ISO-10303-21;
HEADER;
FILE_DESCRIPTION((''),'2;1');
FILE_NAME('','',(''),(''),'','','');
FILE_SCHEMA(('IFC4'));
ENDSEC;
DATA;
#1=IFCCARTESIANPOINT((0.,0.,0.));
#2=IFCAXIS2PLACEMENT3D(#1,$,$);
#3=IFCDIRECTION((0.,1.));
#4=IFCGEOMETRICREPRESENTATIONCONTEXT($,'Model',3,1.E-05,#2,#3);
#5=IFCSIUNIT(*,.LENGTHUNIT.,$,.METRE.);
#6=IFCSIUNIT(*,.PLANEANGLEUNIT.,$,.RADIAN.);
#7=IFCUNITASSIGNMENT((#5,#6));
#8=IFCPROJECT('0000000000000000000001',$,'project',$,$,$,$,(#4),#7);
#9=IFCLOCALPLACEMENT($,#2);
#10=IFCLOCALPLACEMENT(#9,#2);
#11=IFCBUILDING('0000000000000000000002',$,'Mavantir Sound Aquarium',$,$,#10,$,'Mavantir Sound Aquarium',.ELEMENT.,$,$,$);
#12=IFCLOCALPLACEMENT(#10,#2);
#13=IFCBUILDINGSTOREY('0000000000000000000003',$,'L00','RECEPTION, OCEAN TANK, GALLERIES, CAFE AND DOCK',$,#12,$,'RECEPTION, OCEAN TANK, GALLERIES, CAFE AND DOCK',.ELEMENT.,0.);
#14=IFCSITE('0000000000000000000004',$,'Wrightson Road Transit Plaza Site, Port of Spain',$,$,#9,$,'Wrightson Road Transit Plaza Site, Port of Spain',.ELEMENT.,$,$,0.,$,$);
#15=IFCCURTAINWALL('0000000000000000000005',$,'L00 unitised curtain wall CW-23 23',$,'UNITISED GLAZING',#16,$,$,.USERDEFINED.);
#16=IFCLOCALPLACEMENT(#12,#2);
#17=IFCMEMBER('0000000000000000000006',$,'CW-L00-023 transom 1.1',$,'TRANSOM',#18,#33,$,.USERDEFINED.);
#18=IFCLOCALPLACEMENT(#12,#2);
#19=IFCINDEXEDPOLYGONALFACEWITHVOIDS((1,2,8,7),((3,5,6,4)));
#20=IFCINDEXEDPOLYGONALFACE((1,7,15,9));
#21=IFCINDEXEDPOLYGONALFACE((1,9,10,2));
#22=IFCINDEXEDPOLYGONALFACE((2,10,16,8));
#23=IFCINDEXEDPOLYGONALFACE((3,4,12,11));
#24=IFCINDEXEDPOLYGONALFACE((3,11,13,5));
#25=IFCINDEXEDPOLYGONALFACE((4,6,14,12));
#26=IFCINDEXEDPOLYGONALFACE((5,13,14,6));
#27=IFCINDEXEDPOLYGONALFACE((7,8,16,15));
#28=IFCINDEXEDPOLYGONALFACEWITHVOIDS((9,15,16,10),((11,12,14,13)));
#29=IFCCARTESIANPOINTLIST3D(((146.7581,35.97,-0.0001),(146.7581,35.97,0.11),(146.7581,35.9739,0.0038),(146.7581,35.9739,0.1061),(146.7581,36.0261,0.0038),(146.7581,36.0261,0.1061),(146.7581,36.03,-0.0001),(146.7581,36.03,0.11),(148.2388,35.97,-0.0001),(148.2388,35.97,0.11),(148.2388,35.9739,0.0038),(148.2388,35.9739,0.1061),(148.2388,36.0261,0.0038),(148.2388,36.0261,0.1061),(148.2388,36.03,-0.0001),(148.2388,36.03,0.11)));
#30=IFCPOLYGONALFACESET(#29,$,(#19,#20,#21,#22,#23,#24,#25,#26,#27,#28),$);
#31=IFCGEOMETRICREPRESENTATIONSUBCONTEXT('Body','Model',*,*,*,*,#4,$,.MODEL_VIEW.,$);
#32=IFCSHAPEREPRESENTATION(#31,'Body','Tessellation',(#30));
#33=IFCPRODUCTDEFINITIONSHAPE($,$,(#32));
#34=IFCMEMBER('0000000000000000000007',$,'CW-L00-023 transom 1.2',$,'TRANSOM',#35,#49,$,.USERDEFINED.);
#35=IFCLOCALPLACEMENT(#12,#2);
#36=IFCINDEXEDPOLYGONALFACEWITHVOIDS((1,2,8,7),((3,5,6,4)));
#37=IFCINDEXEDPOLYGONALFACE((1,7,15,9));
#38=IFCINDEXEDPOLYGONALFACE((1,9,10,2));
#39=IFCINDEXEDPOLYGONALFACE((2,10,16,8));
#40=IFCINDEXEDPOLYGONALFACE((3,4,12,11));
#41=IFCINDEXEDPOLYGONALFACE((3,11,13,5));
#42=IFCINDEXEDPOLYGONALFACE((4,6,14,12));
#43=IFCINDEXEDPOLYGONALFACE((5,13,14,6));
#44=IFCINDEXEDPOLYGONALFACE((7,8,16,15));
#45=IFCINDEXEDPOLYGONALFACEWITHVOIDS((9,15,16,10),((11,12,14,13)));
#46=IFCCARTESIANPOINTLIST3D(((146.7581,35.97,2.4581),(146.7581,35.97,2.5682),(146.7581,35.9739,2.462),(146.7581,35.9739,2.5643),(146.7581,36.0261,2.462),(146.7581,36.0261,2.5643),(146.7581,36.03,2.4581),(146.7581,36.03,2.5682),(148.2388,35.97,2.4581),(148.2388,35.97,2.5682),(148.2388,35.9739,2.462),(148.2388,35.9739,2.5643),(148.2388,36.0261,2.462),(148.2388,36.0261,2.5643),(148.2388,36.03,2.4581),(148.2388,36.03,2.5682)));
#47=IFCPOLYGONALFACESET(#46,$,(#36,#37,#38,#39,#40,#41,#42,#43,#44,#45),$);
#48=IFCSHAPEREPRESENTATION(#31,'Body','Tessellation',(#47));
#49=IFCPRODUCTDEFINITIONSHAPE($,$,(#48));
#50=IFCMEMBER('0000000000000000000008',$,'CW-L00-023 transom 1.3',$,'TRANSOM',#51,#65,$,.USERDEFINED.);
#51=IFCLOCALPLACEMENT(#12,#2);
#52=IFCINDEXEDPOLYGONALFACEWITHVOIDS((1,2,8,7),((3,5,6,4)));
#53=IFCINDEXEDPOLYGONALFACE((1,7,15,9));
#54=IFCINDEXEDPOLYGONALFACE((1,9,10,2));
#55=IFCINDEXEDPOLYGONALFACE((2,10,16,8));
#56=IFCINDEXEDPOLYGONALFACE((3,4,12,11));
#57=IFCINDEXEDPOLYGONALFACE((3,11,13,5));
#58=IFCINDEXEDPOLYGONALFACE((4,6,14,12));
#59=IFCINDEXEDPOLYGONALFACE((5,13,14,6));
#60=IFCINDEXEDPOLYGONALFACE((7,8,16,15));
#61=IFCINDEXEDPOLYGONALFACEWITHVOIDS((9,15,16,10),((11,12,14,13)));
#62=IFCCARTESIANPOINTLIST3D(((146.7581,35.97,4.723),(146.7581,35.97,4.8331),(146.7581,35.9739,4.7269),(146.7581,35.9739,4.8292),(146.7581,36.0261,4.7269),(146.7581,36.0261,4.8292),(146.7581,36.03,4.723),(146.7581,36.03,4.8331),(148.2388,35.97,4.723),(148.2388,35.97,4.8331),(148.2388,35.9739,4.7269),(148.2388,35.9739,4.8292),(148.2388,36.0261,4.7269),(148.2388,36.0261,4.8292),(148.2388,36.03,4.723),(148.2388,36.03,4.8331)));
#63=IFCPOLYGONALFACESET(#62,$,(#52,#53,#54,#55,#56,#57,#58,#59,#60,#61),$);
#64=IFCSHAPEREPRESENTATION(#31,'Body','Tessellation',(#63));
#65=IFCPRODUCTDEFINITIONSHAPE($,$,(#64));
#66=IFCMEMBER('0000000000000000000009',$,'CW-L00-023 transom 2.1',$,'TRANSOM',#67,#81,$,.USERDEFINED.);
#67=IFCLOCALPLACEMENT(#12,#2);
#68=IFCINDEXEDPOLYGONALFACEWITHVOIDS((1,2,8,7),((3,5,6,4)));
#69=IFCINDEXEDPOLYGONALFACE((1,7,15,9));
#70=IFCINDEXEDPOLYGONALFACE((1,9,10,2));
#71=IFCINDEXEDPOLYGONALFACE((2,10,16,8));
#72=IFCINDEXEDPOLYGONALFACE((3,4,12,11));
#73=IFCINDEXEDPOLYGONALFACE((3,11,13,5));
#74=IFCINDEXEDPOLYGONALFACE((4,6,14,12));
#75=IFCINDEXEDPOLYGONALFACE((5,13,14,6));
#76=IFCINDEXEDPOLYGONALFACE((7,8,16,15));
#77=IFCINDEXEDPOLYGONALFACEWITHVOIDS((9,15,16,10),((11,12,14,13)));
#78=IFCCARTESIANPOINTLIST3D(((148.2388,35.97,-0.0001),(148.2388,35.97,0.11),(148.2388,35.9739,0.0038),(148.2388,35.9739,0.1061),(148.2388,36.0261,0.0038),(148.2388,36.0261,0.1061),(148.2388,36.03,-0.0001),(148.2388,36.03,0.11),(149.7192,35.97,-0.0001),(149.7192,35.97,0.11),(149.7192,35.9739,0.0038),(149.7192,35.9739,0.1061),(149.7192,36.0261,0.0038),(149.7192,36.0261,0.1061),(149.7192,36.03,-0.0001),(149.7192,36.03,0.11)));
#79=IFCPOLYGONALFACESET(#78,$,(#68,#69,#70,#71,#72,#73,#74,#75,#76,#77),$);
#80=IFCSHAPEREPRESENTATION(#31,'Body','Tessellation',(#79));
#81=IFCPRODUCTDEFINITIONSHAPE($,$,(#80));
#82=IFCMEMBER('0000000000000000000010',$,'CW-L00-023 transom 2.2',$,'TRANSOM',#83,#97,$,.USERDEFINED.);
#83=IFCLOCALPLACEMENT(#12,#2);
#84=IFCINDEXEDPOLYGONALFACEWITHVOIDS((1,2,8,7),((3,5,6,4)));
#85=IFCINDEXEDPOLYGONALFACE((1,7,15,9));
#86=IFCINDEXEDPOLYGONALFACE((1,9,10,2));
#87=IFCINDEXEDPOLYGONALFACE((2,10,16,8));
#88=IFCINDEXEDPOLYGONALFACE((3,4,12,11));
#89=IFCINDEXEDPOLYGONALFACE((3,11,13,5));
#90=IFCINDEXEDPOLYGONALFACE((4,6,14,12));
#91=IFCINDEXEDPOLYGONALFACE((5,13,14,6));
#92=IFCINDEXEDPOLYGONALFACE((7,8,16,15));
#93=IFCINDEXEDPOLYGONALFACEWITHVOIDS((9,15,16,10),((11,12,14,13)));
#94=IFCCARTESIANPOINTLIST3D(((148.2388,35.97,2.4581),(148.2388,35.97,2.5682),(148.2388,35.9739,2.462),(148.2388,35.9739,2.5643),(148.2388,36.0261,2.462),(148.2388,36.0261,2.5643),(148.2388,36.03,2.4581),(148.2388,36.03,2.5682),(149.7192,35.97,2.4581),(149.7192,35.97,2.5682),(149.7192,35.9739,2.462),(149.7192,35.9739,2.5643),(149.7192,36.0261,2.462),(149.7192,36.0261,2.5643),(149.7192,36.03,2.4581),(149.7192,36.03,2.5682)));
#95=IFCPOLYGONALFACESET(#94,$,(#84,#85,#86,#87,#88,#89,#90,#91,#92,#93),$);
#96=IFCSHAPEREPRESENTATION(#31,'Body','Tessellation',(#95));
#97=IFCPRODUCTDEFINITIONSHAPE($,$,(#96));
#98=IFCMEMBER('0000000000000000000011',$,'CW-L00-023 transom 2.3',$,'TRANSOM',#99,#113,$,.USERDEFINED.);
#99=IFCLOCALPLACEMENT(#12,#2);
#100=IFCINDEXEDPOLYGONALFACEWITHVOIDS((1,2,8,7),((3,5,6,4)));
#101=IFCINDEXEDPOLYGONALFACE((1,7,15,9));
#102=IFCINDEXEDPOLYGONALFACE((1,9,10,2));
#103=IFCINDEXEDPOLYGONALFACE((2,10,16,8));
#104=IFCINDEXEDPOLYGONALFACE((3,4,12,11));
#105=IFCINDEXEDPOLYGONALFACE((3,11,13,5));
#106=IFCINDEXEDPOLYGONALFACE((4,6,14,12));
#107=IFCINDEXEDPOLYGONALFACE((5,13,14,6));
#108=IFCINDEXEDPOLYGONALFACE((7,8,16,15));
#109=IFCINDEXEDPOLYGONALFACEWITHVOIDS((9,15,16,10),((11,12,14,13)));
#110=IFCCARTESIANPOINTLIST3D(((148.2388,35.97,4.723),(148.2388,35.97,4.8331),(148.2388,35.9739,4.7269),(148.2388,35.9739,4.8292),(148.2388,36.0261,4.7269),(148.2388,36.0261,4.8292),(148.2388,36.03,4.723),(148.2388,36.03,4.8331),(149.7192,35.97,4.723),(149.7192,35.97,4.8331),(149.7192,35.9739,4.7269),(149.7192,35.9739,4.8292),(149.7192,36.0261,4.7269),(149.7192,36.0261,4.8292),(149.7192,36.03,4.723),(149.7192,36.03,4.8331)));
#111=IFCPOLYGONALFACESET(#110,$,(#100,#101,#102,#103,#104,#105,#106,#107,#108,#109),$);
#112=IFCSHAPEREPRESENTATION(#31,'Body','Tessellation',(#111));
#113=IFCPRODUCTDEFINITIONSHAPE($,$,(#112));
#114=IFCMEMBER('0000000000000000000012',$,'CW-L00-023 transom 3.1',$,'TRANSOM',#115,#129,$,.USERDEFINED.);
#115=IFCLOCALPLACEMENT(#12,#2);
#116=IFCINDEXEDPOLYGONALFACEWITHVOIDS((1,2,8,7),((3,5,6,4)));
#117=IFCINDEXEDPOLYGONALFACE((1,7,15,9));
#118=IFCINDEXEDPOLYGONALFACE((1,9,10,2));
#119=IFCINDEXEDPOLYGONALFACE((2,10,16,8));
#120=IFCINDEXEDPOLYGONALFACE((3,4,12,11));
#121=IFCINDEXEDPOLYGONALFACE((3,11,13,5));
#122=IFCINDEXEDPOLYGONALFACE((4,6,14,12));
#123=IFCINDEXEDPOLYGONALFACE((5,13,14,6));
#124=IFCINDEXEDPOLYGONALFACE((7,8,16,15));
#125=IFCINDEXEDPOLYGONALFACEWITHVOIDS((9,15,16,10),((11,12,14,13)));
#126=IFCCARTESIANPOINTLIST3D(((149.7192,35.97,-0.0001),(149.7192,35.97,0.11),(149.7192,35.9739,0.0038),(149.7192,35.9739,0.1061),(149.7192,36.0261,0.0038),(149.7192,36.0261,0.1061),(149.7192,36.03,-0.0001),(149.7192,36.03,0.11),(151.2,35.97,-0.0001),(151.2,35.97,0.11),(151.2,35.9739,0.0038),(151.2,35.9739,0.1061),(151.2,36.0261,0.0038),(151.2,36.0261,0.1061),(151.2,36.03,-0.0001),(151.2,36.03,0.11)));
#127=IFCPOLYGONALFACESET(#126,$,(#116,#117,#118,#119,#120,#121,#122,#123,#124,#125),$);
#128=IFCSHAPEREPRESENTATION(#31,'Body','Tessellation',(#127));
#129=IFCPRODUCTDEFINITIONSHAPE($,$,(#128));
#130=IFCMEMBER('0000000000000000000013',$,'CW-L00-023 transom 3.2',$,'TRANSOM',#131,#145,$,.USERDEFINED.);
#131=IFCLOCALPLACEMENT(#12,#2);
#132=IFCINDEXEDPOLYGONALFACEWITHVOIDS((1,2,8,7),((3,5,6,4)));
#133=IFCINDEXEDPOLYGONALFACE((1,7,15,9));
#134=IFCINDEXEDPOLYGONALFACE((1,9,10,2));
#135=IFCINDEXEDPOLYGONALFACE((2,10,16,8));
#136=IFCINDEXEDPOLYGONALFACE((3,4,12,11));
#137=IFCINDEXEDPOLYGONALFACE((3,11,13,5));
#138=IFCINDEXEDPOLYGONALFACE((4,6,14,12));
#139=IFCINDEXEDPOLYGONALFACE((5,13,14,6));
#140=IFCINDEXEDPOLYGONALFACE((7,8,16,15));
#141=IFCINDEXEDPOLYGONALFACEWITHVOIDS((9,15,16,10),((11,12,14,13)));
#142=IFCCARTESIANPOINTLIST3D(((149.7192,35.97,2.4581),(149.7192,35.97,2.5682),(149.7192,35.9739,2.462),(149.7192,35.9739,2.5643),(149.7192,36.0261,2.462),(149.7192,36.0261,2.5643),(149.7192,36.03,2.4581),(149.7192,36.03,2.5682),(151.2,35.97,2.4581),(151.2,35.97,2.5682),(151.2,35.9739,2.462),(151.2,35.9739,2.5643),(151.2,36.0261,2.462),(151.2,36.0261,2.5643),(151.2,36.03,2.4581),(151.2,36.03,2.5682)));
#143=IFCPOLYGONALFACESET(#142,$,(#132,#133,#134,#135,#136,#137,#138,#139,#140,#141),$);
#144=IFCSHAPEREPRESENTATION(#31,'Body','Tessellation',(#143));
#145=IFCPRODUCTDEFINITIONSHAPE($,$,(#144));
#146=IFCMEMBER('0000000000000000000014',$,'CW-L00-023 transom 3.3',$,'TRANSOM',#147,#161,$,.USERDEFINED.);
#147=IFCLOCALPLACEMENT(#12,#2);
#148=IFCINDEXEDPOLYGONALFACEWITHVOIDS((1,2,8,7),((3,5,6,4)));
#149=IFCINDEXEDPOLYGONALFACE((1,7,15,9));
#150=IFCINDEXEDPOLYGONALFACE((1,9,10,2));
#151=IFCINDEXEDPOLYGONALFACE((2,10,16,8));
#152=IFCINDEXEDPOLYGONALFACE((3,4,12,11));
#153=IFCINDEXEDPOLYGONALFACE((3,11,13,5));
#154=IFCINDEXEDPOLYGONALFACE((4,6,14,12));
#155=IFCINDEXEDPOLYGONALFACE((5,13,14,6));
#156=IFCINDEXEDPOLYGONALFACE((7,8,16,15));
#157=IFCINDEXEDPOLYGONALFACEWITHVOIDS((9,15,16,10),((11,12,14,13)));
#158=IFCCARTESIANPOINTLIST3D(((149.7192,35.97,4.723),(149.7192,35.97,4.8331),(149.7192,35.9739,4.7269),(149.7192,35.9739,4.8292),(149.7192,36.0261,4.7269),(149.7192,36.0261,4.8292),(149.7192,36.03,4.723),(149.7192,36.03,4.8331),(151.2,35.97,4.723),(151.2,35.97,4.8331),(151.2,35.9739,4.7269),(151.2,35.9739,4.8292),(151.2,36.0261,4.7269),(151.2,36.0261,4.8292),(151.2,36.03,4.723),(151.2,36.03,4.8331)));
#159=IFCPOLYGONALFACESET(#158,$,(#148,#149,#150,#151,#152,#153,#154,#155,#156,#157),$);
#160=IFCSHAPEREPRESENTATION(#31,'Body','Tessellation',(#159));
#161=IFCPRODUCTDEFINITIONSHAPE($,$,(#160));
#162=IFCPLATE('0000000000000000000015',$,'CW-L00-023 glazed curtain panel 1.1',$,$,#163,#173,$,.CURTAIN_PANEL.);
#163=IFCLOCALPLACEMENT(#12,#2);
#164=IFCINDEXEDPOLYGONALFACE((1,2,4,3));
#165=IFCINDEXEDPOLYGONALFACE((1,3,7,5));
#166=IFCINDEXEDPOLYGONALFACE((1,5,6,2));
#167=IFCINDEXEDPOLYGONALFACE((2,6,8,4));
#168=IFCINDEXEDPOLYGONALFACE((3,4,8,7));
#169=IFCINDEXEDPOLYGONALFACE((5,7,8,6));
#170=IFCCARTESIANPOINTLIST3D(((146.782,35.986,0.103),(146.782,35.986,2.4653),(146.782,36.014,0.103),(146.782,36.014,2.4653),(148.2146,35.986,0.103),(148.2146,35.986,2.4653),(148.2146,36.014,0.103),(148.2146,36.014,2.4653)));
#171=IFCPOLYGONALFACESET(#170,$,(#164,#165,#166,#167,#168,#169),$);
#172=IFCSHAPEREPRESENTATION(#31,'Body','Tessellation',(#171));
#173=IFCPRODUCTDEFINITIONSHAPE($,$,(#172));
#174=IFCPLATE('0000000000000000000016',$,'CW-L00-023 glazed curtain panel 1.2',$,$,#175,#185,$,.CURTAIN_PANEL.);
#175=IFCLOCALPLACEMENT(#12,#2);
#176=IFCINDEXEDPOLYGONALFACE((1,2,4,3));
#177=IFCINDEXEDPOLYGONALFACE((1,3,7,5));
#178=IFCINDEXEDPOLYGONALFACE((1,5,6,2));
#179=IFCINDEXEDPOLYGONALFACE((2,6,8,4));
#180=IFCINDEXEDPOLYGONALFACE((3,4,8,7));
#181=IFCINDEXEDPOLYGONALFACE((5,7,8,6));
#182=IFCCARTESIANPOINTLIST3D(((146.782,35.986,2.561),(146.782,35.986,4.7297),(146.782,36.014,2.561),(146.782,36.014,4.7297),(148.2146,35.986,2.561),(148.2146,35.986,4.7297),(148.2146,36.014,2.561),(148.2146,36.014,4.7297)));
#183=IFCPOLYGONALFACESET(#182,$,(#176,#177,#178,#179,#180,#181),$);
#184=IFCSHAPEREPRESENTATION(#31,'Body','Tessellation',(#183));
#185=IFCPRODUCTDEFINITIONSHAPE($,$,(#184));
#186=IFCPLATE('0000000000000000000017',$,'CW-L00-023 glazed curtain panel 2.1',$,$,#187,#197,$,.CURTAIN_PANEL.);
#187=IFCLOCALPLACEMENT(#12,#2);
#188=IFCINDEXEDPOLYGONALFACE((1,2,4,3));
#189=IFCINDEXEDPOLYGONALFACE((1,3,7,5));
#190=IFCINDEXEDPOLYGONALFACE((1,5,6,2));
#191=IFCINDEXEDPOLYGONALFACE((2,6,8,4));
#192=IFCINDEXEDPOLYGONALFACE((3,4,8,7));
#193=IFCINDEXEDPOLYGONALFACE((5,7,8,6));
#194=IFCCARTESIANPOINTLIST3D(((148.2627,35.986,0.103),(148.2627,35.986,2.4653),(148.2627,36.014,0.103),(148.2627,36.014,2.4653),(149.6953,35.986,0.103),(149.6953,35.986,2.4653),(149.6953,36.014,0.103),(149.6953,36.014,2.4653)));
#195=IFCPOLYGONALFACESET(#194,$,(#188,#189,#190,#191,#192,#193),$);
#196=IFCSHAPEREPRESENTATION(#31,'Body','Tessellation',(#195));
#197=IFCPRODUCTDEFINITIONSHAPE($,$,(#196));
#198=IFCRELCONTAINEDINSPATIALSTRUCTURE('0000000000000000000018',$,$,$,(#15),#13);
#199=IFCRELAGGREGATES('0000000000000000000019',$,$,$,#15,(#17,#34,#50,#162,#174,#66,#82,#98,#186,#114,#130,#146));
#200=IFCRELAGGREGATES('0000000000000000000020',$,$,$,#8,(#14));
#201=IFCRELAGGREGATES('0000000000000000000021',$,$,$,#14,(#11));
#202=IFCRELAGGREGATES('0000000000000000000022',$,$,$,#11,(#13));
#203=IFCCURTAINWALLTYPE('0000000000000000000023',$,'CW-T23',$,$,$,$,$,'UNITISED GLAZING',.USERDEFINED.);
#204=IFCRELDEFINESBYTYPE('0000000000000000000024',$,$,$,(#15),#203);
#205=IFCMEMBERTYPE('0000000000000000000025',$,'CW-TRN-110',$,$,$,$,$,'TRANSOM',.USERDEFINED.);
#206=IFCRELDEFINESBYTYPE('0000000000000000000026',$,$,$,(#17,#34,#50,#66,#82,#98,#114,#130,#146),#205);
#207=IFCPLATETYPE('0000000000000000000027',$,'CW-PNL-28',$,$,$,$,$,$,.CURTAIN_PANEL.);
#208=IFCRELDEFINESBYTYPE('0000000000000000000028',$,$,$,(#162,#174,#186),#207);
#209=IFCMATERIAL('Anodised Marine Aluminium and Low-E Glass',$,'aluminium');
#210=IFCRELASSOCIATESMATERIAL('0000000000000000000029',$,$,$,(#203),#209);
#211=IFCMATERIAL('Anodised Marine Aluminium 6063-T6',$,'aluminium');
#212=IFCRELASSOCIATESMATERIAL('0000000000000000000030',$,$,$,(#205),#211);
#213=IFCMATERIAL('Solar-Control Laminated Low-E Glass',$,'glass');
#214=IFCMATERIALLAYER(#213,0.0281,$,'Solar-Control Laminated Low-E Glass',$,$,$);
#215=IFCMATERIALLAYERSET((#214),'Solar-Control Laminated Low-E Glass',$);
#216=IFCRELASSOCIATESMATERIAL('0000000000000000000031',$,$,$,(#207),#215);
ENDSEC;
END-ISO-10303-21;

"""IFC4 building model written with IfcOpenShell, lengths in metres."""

from ifc_helpers import new_model, si_unit, direction, frame, origin, origin_2d, place, context, subcontext, project, spatial, rectangle, hollow_rectangle, extrude, material, layer, layer_set, material_profile, profile_set, type_object, element, aggregate, save


model = new_model("IFC4")

# Units and contexts
model_context = context("Model", 3, precision=1e-05, world=origin(), true_north=direction((0.0, 1.0)))
body_context = subcontext(model_context, "Body", "Model", "MODEL_VIEW")
ifc_project = project(units=[si_unit("LENGTHUNIT", "METRE"), si_unit("PLANEANGLEUNIT", "RADIAN")], contexts=[model_context])

# Site, building, storey
site_placement = place(None, origin())
site = spatial("IfcSite", under=ifc_project, at=site_placement, Name="Wrightson Road Transit Plaza Site, Port of Spain", LongName="Wrightson Road Transit Plaza Site, Port of Spain", CompositionType="ELEMENT", RefElevation=0.0)
building_placement = place(site_placement, origin())
building = spatial("IfcBuilding", under=site, at=building_placement, Name="Mavantir Sound Aquarium", LongName="Mavantir Sound Aquarium", CompositionType="ELEMENT")
storey_placement = place(building_placement, origin())
storey = spatial("IfcBuildingStorey", under=building, at=storey_placement, Name="L00", Description="RECEPTION, OCEAN TANK, GALLERIES, CAFE AND DOCK", LongName="RECEPTION, OCEAN TANK, GALLERIES, CAFE AND DOCK", CompositionType="ELEMENT", Elevation=0.0)

# Curtain wall
ifc_material_1 = material(Name="Anodised Marine Aluminium and Low-E Glass", Category="aluminium")
curtain_wall_type_1 = type_object("IfcCurtainWallType", Name="CW-T23", ElementType="UNITISED GLAZING", PredefinedType="USERDEFINED", material=ifc_material_1)
curtain_wall_1_placement = place(storey_placement, origin())
curtain_wall_1 = element("IfcCurtainWall", 1, at=curtain_wall_1_placement, inside=storey, type_object=curtain_wall_type_1, Name="L00 unitised curtain wall CW-23 23", ObjectType="UNITISED GLAZING", PredefinedType="USERDEFINED")
ifc_material_2 = material(Name="Anodised Marine Aluminium 6063-T6", Category="aluminium")
ifc_material_profile_1 = material_profile(ifc_material_2, hollow_rectangle(XDim=0.0601, YDim=0.1101, WallThickness=0.0039, at=origin_2d()), Name="ALU-TRANSOM-110X60")
ifc_profile_set_1 = profile_set([ifc_material_profile_1], Name="Anodised Marine Aluminium 6063-T6")
member_type_1 = type_object("IfcMemberType", Name="CW-TRN-110", ElementType="TRANSOM", PredefinedType="USERDEFINED", material=ifc_profile_set_1)

# Members
member_1_placement = place(storey_placement, frame((146.7581, 36.0, 0.0549), z_axis=(1.0, 0.0, 0.0), x_axis=(0.0, 1.0, 0.0)))
member_1 = element("IfcMember", 2, at=member_1_placement, type_object=member_type_1, Name="CW-L00-023 transom 1.1", ObjectType="TRANSOM", PredefinedType="USERDEFINED", context=body_context, shape_type="SweptSolid", body=[
    extrude(hollow_rectangle(XDim=0.0601, YDim=0.1101, WallThickness=0.0039, at=origin_2d()), origin(), (0.0, 0.0, 1.0), 1.4807),
])
member_2_placement = place(storey_placement, frame((146.7581, 36.0, 2.5132), z_axis=(1.0, 0.0, 0.0), x_axis=(0.0, 1.0, 0.0)))
member_2 = element("IfcMember", 3, at=member_2_placement, type_object=member_type_1, Name="CW-L00-023 transom 1.2", ObjectType="TRANSOM", PredefinedType="USERDEFINED", context=body_context, shape_type="SweptSolid", body=[
    extrude(hollow_rectangle(XDim=0.0601, YDim=0.1101, WallThickness=0.0039, at=origin_2d()), origin(), (0.0, 0.0, 1.0), 1.4807),
])
member_3_placement = place(storey_placement, frame((146.7581, 36.0, 4.7781), z_axis=(1.0, 0.0, 0.0), x_axis=(0.0, 1.0, 0.0)))
member_3 = element("IfcMember", 4, at=member_3_placement, type_object=member_type_1, Name="CW-L00-023 transom 1.3", ObjectType="TRANSOM", PredefinedType="USERDEFINED", context=body_context, shape_type="SweptSolid", body=[
    extrude(hollow_rectangle(XDim=0.0601, YDim=0.1101, WallThickness=0.0039, at=origin_2d()), origin(), (0.0, 0.0, 1.0), 1.4807),
])
member_4_placement = place(storey_placement, frame((148.2388, 36.0, 0.0549), z_axis=(1.0, 0.0, 0.0), x_axis=(0.0, 1.0, 0.0)))
member_4 = element("IfcMember", 5, at=member_4_placement, type_object=member_type_1, Name="CW-L00-023 transom 2.1", ObjectType="TRANSOM", PredefinedType="USERDEFINED", context=body_context, shape_type="SweptSolid", body=[
    extrude(hollow_rectangle(XDim=0.0601, YDim=0.1101, WallThickness=0.0039, at=origin_2d()), origin(), (0.0, 0.0, 1.0), 1.4805),
])
member_5_placement = place(storey_placement, frame((148.2388, 36.0, 2.5132), z_axis=(1.0, 0.0, 0.0), x_axis=(0.0, 1.0, 0.0)))
member_5 = element("IfcMember", 6, at=member_5_placement, type_object=member_type_1, Name="CW-L00-023 transom 2.2", ObjectType="TRANSOM", PredefinedType="USERDEFINED", context=body_context, shape_type="SweptSolid", body=[
    extrude(hollow_rectangle(XDim=0.0601, YDim=0.1101, WallThickness=0.0039, at=origin_2d()), origin(), (0.0, 0.0, 1.0), 1.4805),
])
member_6_placement = place(storey_placement, frame((148.2388, 36.0, 4.7781), z_axis=(1.0, 0.0, 0.0), x_axis=(0.0, 1.0, 0.0)))
member_6 = element("IfcMember", 7, at=member_6_placement, type_object=member_type_1, Name="CW-L00-023 transom 2.3", ObjectType="TRANSOM", PredefinedType="USERDEFINED", context=body_context, shape_type="SweptSolid", body=[
    extrude(hollow_rectangle(XDim=0.0601, YDim=0.1101, WallThickness=0.0039, at=origin_2d()), origin(), (0.0, 0.0, 1.0), 1.4805),
])
member_7_placement = place(storey_placement, frame((149.7192, 36.0, 0.0549), z_axis=(1.0, 0.0, 0.0), x_axis=(0.0, 1.0, 0.0)))
member_7 = element("IfcMember", 8, at=member_7_placement, type_object=member_type_1, Name="CW-L00-023 transom 3.1", ObjectType="TRANSOM", PredefinedType="USERDEFINED", context=body_context, shape_type="SweptSolid", body=[
    extrude(hollow_rectangle(XDim=0.0601, YDim=0.1101, WallThickness=0.0039, at=origin_2d()), origin(), (0.0, 0.0, 1.0), 1.4807),
])
member_8_placement = place(storey_placement, frame((149.7192, 36.0, 2.5132), z_axis=(1.0, 0.0, 0.0), x_axis=(0.0, 1.0, 0.0)))
member_8 = element("IfcMember", 9, at=member_8_placement, type_object=member_type_1, Name="CW-L00-023 transom 3.2", ObjectType="TRANSOM", PredefinedType="USERDEFINED", context=body_context, shape_type="SweptSolid", body=[
    extrude(hollow_rectangle(XDim=0.0601, YDim=0.1101, WallThickness=0.0039, at=origin_2d()), origin(), (0.0, 0.0, 1.0), 1.4807),
])
member_9_placement = place(storey_placement, frame((149.7192, 36.0, 4.7781), z_axis=(1.0, 0.0, 0.0), x_axis=(0.0, 1.0, 0.0)))
member_9 = element("IfcMember", 10, at=member_9_placement, type_object=member_type_1, Name="CW-L00-023 transom 3.3", ObjectType="TRANSOM", PredefinedType="USERDEFINED", context=body_context, shape_type="SweptSolid", body=[
    extrude(hollow_rectangle(XDim=0.0601, YDim=0.1101, WallThickness=0.0039, at=origin_2d()), origin(), (0.0, 0.0, 1.0), 1.4807),
])

# Plates
ifc_material_3 = material(Name="Solar-Control Laminated Low-E Glass", Category="glass")
ifc_layer_1 = layer(ifc_material_3, 0.0281, Name="Solar-Control Laminated Low-E Glass")
ifc_layer_set_1 = layer_set([ifc_layer_1], Name="Solar-Control Laminated Low-E Glass")
plate_type_1 = type_object("IfcPlateType", Name="CW-PNL-28", PredefinedType="CURTAIN_PANEL", material=ifc_layer_set_1)
plate_1_placement = place(storey_placement, frame((147.4983, 36.0, 0.103), z_axis=(0.0, 0.0, 1.0), x_axis=(1.0, 0.0, 0.0)))
plate_1 = element("IfcPlate", 11, at=plate_1_placement, type_object=plate_type_1, Name="CW-L00-023 glazed curtain panel 1.1", PredefinedType="CURTAIN_PANEL", context=body_context, shape_type="SweptSolid", body=[
    extrude(rectangle(XDim=1.4326, YDim=0.0281, at=origin_2d()), origin(), (0.0, 0.0, 1.0), 2.3623),
])
plate_2_placement = place(storey_placement, frame((147.4983, 36.0, 2.561), z_axis=(0.0, 0.0, 1.0), x_axis=(1.0, 0.0, 0.0)))
plate_2 = element("IfcPlate", 12, at=plate_2_placement, type_object=plate_type_1, Name="CW-L00-023 glazed curtain panel 1.2", PredefinedType="CURTAIN_PANEL", context=body_context, shape_type="SweptSolid", body=[
    extrude(rectangle(XDim=1.4326, YDim=0.0281, at=origin_2d()), origin(), (0.0, 0.0, 1.0), 2.1687),
])
plate_3_placement = place(storey_placement, frame((148.979, 36.0, 0.103), z_axis=(0.0, 0.0, 1.0), x_axis=(1.0, 0.0, 0.0)))
plate_3 = element("IfcPlate", 13, at=plate_3_placement, type_object=plate_type_1, Name="CW-L00-023 glazed curtain panel 2.1", PredefinedType="CURTAIN_PANEL", context=body_context, shape_type="SweptSolid", body=[
    extrude(rectangle(XDim=1.4326, YDim=0.0281, at=origin_2d()), origin(), (0.0, 0.0, 1.0), 2.3623),
])
aggregate(curtain_wall_1, [member_1, member_2, member_3, plate_1, plate_2, member_4, member_5, member_6, plate_3, member_7, member_8, member_9])

save(model, "model.ifc")
